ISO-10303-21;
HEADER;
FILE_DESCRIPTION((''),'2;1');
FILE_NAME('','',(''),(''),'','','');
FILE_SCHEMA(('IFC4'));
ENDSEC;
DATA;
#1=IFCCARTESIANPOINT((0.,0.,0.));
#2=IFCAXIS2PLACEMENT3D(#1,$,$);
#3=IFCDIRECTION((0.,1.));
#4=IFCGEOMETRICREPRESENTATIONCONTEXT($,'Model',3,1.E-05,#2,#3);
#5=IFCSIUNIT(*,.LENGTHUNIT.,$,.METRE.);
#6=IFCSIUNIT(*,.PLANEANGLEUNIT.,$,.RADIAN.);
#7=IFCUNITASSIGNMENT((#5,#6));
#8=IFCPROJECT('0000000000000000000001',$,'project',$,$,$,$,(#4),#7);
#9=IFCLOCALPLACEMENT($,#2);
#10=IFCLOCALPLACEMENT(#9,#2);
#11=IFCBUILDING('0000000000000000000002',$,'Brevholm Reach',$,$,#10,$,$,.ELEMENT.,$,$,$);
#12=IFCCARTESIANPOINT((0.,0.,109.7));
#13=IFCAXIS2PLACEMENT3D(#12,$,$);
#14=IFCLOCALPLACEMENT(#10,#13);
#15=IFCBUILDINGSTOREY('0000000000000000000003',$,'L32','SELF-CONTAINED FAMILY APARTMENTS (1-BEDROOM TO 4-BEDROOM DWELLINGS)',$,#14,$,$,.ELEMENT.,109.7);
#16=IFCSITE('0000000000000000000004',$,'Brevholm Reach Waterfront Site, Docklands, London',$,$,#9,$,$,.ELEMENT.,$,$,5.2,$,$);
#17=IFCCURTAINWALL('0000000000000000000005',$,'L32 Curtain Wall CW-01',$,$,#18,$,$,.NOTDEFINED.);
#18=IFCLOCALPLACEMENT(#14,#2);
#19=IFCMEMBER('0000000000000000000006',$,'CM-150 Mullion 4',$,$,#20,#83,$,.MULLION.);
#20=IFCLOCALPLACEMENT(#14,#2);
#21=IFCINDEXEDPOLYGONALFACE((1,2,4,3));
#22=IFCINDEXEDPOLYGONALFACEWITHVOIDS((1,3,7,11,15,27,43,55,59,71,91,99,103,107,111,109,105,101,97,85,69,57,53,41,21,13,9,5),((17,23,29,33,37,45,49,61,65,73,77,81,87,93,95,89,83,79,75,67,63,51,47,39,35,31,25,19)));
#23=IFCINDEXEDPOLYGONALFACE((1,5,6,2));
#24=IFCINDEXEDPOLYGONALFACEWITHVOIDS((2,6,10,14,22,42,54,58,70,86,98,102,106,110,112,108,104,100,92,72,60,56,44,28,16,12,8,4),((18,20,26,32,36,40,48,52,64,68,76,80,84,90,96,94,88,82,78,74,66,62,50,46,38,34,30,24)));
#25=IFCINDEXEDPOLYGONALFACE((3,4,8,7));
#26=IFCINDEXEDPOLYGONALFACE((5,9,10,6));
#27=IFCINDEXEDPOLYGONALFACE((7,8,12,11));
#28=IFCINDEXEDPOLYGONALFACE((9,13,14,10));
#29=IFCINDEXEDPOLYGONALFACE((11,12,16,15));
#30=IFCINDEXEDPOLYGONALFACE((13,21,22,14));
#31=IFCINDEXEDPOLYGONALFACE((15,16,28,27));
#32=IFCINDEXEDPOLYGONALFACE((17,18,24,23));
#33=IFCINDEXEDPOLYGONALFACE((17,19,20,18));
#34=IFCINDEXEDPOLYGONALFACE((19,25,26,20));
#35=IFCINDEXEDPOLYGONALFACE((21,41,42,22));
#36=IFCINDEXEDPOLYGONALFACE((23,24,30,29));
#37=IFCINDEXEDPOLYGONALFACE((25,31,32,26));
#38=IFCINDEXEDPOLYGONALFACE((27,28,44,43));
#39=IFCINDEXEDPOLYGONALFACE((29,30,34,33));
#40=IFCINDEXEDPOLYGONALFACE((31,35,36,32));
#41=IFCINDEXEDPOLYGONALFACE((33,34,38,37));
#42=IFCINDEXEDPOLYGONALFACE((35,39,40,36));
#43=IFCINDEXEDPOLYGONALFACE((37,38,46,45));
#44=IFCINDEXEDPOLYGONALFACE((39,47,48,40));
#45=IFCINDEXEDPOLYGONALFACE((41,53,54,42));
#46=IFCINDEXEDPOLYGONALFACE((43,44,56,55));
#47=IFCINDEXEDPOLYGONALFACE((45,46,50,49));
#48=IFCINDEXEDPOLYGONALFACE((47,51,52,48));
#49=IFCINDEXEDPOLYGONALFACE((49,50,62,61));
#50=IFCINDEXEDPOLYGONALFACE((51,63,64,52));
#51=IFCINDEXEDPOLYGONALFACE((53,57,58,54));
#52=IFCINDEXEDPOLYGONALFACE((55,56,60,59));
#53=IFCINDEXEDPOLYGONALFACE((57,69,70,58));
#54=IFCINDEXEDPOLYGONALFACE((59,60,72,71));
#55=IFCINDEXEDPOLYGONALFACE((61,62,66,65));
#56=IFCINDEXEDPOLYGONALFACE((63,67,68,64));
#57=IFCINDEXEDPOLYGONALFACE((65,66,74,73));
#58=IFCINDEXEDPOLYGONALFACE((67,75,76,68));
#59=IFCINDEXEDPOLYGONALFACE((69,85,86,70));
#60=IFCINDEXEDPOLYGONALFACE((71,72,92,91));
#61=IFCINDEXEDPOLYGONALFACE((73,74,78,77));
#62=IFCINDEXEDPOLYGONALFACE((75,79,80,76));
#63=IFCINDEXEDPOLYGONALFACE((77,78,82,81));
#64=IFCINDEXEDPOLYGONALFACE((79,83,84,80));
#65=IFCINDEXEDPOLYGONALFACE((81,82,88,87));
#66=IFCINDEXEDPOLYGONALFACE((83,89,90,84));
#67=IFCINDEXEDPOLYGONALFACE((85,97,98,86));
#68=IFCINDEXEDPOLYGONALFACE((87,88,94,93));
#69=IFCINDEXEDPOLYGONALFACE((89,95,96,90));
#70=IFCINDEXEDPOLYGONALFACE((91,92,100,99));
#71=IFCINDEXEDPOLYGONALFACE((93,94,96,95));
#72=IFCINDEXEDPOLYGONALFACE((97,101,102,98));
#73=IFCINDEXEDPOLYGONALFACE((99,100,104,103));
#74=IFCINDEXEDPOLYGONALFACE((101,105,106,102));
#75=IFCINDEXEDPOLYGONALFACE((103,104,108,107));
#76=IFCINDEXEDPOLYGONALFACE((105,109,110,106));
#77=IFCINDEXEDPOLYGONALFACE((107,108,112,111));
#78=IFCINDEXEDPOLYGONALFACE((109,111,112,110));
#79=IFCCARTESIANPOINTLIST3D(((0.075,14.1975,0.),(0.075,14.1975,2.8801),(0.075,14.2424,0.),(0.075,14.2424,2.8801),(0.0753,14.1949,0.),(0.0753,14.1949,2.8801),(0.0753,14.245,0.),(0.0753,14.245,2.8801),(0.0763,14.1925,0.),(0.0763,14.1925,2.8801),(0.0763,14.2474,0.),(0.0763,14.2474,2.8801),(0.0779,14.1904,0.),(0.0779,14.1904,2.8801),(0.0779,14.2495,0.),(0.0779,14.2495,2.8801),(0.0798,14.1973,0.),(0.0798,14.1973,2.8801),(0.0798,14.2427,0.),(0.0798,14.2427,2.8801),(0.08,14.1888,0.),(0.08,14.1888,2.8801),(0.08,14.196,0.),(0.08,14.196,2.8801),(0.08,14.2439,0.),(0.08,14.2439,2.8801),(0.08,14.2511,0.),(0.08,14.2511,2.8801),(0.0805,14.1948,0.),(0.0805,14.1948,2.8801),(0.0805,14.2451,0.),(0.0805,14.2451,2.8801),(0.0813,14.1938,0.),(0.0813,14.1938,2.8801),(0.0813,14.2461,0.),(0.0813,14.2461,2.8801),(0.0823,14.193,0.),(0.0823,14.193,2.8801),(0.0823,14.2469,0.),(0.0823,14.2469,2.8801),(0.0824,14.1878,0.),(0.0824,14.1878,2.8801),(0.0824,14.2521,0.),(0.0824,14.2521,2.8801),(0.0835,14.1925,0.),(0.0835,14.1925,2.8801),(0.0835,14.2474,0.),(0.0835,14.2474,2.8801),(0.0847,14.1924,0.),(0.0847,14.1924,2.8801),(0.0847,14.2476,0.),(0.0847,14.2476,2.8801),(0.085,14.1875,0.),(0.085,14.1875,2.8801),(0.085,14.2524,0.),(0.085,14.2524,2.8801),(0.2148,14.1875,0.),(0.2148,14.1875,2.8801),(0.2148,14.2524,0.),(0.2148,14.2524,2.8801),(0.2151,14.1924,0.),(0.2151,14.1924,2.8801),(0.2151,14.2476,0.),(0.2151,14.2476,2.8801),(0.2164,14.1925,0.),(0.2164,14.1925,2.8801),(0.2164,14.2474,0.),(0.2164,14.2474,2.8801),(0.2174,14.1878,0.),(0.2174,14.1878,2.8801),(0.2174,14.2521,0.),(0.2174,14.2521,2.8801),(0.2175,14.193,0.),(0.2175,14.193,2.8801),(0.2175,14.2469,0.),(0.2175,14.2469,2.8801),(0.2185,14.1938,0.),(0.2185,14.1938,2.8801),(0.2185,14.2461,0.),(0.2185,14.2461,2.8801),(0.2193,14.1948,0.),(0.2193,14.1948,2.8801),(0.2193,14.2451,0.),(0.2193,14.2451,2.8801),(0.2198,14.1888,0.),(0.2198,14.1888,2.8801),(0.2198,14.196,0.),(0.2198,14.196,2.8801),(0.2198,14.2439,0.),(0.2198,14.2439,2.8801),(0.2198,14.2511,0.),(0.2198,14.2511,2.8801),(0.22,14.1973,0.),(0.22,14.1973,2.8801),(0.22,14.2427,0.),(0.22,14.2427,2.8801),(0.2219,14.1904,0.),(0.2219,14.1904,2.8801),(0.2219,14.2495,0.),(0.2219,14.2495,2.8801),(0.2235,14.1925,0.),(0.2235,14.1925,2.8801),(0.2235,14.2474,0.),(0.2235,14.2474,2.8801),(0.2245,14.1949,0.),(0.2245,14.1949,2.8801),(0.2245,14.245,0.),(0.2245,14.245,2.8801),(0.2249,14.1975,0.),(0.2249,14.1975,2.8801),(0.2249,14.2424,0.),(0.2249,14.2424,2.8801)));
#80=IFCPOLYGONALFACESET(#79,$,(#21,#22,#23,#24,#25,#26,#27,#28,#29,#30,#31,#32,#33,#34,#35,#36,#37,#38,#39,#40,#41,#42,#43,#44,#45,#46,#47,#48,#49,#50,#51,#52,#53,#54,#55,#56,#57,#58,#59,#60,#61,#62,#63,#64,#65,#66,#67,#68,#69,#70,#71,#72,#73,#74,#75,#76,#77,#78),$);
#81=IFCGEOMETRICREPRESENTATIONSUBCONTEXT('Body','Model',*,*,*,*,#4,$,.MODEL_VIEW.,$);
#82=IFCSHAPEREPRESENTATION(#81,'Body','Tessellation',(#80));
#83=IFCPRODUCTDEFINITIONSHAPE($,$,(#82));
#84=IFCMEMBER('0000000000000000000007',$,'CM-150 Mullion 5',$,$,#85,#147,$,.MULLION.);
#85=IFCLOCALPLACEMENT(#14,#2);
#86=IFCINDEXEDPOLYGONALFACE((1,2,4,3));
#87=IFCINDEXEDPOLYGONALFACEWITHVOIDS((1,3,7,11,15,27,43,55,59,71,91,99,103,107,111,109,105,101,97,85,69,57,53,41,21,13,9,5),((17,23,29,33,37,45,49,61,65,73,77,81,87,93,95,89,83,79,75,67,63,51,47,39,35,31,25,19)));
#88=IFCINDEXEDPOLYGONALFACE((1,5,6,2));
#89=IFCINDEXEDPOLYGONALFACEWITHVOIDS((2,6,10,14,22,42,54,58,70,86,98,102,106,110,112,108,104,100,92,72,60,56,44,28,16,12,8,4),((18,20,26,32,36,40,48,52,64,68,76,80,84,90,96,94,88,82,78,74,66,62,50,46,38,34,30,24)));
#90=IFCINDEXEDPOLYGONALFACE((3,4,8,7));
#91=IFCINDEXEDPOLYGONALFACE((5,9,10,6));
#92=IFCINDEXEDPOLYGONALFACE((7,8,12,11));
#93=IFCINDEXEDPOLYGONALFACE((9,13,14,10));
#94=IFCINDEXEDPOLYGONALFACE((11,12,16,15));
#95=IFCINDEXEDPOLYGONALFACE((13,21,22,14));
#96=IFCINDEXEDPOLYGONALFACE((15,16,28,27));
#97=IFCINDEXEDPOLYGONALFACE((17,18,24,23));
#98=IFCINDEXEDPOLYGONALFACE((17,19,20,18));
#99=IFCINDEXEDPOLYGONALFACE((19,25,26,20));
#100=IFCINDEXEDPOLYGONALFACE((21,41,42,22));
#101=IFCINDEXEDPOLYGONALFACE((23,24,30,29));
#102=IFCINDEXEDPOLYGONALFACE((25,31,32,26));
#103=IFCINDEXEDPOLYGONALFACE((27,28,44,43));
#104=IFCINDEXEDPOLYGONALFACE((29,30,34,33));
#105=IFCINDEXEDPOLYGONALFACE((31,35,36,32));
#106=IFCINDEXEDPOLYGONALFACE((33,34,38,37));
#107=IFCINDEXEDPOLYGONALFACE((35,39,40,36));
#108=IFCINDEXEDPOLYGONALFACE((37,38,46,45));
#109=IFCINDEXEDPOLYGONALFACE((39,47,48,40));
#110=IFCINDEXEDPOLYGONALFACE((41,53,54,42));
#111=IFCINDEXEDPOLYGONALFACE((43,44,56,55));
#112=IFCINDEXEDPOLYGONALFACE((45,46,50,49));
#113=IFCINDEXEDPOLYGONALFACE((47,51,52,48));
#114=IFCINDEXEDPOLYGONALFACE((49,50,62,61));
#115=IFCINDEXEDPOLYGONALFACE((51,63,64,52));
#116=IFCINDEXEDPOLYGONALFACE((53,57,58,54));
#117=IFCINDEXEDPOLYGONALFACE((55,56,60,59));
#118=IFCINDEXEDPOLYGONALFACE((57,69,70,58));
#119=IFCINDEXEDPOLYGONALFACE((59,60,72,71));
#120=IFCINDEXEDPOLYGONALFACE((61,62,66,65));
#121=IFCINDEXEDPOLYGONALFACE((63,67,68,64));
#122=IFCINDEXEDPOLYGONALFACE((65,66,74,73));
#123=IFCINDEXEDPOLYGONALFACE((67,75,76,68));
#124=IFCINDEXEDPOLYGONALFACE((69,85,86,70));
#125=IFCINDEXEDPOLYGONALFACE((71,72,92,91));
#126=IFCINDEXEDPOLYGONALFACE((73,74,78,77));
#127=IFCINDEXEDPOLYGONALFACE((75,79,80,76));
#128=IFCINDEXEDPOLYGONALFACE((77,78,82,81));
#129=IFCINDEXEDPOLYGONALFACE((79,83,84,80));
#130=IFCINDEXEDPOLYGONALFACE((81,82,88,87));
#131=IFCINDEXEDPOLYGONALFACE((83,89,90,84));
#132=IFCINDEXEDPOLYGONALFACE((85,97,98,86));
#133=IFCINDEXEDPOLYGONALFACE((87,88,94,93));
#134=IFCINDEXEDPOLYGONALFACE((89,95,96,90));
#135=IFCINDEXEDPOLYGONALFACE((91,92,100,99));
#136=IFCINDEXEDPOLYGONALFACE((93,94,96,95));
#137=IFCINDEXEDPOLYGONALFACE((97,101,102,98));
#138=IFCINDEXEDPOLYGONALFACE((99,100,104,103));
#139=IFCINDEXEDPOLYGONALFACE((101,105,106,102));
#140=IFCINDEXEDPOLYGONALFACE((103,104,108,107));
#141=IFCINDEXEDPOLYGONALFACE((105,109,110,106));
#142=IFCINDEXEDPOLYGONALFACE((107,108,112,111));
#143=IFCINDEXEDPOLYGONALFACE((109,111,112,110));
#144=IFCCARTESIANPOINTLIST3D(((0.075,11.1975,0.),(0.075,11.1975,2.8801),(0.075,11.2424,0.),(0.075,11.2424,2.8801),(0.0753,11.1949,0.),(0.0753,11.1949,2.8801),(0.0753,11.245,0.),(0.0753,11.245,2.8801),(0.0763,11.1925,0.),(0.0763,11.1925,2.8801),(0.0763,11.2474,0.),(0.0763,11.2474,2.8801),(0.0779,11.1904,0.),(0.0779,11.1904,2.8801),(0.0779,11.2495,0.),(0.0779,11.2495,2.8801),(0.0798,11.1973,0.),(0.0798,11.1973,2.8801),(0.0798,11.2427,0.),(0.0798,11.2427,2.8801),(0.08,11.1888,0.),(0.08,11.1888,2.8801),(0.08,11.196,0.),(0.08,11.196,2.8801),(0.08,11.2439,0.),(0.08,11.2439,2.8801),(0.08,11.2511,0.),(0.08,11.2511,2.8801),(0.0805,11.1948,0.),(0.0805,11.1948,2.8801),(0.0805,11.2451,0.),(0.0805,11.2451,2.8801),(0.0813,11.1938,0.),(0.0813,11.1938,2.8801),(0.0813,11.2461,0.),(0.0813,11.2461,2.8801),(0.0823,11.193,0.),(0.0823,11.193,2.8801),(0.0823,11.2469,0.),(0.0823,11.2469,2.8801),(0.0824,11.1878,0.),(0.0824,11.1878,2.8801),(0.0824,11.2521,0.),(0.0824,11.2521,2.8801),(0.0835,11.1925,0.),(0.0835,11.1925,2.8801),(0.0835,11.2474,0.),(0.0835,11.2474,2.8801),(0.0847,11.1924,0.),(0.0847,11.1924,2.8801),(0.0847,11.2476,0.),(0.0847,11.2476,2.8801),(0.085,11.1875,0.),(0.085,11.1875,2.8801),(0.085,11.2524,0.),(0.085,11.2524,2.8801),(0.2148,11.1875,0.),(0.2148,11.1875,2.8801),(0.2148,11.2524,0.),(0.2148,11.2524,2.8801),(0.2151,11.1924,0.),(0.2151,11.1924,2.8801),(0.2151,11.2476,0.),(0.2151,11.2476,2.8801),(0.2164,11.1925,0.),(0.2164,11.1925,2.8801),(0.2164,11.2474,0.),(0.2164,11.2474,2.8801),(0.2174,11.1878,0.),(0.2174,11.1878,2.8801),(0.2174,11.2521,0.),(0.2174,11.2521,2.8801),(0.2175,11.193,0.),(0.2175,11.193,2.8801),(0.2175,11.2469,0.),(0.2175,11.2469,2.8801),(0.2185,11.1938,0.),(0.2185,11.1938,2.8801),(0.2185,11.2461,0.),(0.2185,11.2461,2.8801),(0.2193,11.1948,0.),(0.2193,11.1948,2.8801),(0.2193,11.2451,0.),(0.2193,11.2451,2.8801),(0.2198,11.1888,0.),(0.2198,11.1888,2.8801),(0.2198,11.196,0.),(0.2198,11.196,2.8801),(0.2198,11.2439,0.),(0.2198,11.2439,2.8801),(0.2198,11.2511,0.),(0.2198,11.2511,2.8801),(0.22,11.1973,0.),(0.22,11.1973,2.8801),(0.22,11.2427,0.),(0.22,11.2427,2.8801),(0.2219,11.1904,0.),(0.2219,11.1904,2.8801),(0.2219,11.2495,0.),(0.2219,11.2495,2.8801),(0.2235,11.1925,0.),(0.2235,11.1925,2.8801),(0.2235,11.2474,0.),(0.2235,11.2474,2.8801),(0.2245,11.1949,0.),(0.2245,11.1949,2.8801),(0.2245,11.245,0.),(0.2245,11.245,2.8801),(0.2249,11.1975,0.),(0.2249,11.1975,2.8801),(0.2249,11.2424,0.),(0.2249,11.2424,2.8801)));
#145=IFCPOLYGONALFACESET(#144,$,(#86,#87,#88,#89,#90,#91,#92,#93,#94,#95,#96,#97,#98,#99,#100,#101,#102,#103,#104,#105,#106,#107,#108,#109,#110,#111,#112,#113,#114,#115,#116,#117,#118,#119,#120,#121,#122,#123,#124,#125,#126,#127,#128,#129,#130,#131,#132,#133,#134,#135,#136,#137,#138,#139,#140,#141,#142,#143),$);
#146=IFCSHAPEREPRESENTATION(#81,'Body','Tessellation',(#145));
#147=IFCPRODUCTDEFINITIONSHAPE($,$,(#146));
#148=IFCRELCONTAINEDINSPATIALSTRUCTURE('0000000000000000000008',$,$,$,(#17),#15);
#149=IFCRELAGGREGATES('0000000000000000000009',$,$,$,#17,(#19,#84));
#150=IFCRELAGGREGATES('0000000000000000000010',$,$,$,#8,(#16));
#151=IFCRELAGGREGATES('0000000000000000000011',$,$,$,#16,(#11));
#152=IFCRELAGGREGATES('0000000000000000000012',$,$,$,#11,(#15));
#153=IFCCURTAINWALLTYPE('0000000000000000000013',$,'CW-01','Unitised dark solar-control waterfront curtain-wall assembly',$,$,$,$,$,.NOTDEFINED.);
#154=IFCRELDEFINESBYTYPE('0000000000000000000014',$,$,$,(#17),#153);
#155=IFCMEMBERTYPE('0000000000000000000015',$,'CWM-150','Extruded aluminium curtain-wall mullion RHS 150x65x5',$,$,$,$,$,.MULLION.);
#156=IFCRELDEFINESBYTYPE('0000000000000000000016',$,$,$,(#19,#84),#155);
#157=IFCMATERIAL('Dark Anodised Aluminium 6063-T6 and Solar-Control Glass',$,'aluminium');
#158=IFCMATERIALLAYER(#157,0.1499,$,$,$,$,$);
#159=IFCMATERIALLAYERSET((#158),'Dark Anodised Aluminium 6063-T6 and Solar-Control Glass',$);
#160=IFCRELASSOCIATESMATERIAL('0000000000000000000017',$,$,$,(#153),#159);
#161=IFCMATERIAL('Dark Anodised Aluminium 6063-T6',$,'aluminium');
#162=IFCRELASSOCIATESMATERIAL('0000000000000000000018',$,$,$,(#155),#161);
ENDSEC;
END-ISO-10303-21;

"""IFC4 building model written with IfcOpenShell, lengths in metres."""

from ifc_helpers import new_model, si_unit, direction, frame, origin, origin_2d, place, context, subcontext, project, spatial, hollow_rectangle, extrude, material, layer, layer_set, material_profile, profile_set, type_object, element, aggregate, save


model = new_model("IFC4")

# Units and contexts
model_context = context("Model", 3, precision=1e-05, world=origin(), true_north=direction((0.0, 1.0)))
body_context = subcontext(model_context, "Body", "Model", "MODEL_VIEW")
ifc_project = project(units=[si_unit("LENGTHUNIT", "METRE"), si_unit("PLANEANGLEUNIT", "RADIAN")], contexts=[model_context])

# Site, building, storey
site_placement = place(None, origin())
site = spatial("IfcSite", under=ifc_project, at=site_placement, Name="Brevholm Reach Waterfront Site, Docklands, London", CompositionType="ELEMENT", RefElevation=5.2)
building_placement = place(site_placement, origin())
building = spatial("IfcBuilding", under=site, at=building_placement, Name="Brevholm Reach", CompositionType="ELEMENT")
storey_placement = place(building_placement, frame((0.0, 0.0, 109.7)))
storey = spatial("IfcBuildingStorey", under=building, at=storey_placement, Name="L32", Description="SELF-CONTAINED FAMILY APARTMENTS (1-BEDROOM TO 4-BEDROOM DWELLINGS)", CompositionType="ELEMENT", Elevation=109.7)

# Curtain wall, members
ifc_material_1 = material(Name="Dark Anodised Aluminium 6063-T6 and Solar-Control Glass", Category="aluminium")
ifc_layer_1 = layer(ifc_material_1, 0.1499)
ifc_layer_set_1 = layer_set([ifc_layer_1], Name="Dark Anodised Aluminium 6063-T6 and Solar-Control Glass")
curtain_wall_type = type_object("IfcCurtainWallType", Name="CW-01", Description="Unitised dark solar-control waterfront curtain-wall assembly", PredefinedType="NOTDEFINED", material=ifc_layer_set_1)
curtain_wall_placement = place(storey_placement, origin())
curtain_wall = element("IfcCurtainWall", 1, at=curtain_wall_placement, inside=storey, type_object=curtain_wall_type, Name="L32 Curtain Wall CW-01", PredefinedType="NOTDEFINED")
ifc_material_2 = material(Name="Dark Anodised Aluminium 6063-T6", Category="aluminium")
ifc_material_profile_1 = material_profile(ifc_material_2, hollow_rectangle(XDim=0.0649, YDim=0.1499, WallThickness=0.0049, InnerFilletRadius=0.0049, OuterFilletRadius=0.01, at=origin_2d()), Name="RHS 150x65x5")
ifc_profile_set_1 = profile_set([ifc_material_profile_1], Name="Dark Anodised Aluminium 6063-T6")
member_type_1 = type_object("IfcMemberType", Name="CWM-150", Description="Extruded aluminium curtain-wall mullion RHS 150x65x5", PredefinedType="MULLION", material=ifc_profile_set_1)
member_1_placement = place(storey_placement, frame((0.1499, 14.22, 0.0), z_axis=(0.0, 0.0, 1.0), x_axis=(0.0, -1.0, 0.0)))
member_1 = element("IfcMember", 2, at=member_1_placement, type_object=member_type_1, Name="CM-150 Mullion 4", PredefinedType="MULLION", context=body_context, shape_type="SweptSolid", body=[
    extrude(hollow_rectangle(XDim=0.0649, YDim=0.1499, WallThickness=0.0049, InnerFilletRadius=0.0049, OuterFilletRadius=0.01, at=origin_2d()), origin(), (0.0, 0.0, 1.0), 2.8801),
])
member_2_placement = place(storey_placement, frame((0.1499, 11.22, 0.0), z_axis=(0.0, 0.0, 1.0), x_axis=(0.0, -1.0, 0.0)))
member_2 = element("IfcMember", 3, at=member_2_placement, type_object=member_type_1, Name="CM-150 Mullion 5", PredefinedType="MULLION", context=body_context, shape_type="SweptSolid", body=[
    extrude(hollow_rectangle(XDim=0.0649, YDim=0.1499, WallThickness=0.0049, InnerFilletRadius=0.0049, OuterFilletRadius=0.01, at=origin_2d()), origin(), (0.0, 0.0, 1.0), 2.8801),
])
aggregate(curtain_wall, [member_1, member_2])

save(model, "model.ifc")
